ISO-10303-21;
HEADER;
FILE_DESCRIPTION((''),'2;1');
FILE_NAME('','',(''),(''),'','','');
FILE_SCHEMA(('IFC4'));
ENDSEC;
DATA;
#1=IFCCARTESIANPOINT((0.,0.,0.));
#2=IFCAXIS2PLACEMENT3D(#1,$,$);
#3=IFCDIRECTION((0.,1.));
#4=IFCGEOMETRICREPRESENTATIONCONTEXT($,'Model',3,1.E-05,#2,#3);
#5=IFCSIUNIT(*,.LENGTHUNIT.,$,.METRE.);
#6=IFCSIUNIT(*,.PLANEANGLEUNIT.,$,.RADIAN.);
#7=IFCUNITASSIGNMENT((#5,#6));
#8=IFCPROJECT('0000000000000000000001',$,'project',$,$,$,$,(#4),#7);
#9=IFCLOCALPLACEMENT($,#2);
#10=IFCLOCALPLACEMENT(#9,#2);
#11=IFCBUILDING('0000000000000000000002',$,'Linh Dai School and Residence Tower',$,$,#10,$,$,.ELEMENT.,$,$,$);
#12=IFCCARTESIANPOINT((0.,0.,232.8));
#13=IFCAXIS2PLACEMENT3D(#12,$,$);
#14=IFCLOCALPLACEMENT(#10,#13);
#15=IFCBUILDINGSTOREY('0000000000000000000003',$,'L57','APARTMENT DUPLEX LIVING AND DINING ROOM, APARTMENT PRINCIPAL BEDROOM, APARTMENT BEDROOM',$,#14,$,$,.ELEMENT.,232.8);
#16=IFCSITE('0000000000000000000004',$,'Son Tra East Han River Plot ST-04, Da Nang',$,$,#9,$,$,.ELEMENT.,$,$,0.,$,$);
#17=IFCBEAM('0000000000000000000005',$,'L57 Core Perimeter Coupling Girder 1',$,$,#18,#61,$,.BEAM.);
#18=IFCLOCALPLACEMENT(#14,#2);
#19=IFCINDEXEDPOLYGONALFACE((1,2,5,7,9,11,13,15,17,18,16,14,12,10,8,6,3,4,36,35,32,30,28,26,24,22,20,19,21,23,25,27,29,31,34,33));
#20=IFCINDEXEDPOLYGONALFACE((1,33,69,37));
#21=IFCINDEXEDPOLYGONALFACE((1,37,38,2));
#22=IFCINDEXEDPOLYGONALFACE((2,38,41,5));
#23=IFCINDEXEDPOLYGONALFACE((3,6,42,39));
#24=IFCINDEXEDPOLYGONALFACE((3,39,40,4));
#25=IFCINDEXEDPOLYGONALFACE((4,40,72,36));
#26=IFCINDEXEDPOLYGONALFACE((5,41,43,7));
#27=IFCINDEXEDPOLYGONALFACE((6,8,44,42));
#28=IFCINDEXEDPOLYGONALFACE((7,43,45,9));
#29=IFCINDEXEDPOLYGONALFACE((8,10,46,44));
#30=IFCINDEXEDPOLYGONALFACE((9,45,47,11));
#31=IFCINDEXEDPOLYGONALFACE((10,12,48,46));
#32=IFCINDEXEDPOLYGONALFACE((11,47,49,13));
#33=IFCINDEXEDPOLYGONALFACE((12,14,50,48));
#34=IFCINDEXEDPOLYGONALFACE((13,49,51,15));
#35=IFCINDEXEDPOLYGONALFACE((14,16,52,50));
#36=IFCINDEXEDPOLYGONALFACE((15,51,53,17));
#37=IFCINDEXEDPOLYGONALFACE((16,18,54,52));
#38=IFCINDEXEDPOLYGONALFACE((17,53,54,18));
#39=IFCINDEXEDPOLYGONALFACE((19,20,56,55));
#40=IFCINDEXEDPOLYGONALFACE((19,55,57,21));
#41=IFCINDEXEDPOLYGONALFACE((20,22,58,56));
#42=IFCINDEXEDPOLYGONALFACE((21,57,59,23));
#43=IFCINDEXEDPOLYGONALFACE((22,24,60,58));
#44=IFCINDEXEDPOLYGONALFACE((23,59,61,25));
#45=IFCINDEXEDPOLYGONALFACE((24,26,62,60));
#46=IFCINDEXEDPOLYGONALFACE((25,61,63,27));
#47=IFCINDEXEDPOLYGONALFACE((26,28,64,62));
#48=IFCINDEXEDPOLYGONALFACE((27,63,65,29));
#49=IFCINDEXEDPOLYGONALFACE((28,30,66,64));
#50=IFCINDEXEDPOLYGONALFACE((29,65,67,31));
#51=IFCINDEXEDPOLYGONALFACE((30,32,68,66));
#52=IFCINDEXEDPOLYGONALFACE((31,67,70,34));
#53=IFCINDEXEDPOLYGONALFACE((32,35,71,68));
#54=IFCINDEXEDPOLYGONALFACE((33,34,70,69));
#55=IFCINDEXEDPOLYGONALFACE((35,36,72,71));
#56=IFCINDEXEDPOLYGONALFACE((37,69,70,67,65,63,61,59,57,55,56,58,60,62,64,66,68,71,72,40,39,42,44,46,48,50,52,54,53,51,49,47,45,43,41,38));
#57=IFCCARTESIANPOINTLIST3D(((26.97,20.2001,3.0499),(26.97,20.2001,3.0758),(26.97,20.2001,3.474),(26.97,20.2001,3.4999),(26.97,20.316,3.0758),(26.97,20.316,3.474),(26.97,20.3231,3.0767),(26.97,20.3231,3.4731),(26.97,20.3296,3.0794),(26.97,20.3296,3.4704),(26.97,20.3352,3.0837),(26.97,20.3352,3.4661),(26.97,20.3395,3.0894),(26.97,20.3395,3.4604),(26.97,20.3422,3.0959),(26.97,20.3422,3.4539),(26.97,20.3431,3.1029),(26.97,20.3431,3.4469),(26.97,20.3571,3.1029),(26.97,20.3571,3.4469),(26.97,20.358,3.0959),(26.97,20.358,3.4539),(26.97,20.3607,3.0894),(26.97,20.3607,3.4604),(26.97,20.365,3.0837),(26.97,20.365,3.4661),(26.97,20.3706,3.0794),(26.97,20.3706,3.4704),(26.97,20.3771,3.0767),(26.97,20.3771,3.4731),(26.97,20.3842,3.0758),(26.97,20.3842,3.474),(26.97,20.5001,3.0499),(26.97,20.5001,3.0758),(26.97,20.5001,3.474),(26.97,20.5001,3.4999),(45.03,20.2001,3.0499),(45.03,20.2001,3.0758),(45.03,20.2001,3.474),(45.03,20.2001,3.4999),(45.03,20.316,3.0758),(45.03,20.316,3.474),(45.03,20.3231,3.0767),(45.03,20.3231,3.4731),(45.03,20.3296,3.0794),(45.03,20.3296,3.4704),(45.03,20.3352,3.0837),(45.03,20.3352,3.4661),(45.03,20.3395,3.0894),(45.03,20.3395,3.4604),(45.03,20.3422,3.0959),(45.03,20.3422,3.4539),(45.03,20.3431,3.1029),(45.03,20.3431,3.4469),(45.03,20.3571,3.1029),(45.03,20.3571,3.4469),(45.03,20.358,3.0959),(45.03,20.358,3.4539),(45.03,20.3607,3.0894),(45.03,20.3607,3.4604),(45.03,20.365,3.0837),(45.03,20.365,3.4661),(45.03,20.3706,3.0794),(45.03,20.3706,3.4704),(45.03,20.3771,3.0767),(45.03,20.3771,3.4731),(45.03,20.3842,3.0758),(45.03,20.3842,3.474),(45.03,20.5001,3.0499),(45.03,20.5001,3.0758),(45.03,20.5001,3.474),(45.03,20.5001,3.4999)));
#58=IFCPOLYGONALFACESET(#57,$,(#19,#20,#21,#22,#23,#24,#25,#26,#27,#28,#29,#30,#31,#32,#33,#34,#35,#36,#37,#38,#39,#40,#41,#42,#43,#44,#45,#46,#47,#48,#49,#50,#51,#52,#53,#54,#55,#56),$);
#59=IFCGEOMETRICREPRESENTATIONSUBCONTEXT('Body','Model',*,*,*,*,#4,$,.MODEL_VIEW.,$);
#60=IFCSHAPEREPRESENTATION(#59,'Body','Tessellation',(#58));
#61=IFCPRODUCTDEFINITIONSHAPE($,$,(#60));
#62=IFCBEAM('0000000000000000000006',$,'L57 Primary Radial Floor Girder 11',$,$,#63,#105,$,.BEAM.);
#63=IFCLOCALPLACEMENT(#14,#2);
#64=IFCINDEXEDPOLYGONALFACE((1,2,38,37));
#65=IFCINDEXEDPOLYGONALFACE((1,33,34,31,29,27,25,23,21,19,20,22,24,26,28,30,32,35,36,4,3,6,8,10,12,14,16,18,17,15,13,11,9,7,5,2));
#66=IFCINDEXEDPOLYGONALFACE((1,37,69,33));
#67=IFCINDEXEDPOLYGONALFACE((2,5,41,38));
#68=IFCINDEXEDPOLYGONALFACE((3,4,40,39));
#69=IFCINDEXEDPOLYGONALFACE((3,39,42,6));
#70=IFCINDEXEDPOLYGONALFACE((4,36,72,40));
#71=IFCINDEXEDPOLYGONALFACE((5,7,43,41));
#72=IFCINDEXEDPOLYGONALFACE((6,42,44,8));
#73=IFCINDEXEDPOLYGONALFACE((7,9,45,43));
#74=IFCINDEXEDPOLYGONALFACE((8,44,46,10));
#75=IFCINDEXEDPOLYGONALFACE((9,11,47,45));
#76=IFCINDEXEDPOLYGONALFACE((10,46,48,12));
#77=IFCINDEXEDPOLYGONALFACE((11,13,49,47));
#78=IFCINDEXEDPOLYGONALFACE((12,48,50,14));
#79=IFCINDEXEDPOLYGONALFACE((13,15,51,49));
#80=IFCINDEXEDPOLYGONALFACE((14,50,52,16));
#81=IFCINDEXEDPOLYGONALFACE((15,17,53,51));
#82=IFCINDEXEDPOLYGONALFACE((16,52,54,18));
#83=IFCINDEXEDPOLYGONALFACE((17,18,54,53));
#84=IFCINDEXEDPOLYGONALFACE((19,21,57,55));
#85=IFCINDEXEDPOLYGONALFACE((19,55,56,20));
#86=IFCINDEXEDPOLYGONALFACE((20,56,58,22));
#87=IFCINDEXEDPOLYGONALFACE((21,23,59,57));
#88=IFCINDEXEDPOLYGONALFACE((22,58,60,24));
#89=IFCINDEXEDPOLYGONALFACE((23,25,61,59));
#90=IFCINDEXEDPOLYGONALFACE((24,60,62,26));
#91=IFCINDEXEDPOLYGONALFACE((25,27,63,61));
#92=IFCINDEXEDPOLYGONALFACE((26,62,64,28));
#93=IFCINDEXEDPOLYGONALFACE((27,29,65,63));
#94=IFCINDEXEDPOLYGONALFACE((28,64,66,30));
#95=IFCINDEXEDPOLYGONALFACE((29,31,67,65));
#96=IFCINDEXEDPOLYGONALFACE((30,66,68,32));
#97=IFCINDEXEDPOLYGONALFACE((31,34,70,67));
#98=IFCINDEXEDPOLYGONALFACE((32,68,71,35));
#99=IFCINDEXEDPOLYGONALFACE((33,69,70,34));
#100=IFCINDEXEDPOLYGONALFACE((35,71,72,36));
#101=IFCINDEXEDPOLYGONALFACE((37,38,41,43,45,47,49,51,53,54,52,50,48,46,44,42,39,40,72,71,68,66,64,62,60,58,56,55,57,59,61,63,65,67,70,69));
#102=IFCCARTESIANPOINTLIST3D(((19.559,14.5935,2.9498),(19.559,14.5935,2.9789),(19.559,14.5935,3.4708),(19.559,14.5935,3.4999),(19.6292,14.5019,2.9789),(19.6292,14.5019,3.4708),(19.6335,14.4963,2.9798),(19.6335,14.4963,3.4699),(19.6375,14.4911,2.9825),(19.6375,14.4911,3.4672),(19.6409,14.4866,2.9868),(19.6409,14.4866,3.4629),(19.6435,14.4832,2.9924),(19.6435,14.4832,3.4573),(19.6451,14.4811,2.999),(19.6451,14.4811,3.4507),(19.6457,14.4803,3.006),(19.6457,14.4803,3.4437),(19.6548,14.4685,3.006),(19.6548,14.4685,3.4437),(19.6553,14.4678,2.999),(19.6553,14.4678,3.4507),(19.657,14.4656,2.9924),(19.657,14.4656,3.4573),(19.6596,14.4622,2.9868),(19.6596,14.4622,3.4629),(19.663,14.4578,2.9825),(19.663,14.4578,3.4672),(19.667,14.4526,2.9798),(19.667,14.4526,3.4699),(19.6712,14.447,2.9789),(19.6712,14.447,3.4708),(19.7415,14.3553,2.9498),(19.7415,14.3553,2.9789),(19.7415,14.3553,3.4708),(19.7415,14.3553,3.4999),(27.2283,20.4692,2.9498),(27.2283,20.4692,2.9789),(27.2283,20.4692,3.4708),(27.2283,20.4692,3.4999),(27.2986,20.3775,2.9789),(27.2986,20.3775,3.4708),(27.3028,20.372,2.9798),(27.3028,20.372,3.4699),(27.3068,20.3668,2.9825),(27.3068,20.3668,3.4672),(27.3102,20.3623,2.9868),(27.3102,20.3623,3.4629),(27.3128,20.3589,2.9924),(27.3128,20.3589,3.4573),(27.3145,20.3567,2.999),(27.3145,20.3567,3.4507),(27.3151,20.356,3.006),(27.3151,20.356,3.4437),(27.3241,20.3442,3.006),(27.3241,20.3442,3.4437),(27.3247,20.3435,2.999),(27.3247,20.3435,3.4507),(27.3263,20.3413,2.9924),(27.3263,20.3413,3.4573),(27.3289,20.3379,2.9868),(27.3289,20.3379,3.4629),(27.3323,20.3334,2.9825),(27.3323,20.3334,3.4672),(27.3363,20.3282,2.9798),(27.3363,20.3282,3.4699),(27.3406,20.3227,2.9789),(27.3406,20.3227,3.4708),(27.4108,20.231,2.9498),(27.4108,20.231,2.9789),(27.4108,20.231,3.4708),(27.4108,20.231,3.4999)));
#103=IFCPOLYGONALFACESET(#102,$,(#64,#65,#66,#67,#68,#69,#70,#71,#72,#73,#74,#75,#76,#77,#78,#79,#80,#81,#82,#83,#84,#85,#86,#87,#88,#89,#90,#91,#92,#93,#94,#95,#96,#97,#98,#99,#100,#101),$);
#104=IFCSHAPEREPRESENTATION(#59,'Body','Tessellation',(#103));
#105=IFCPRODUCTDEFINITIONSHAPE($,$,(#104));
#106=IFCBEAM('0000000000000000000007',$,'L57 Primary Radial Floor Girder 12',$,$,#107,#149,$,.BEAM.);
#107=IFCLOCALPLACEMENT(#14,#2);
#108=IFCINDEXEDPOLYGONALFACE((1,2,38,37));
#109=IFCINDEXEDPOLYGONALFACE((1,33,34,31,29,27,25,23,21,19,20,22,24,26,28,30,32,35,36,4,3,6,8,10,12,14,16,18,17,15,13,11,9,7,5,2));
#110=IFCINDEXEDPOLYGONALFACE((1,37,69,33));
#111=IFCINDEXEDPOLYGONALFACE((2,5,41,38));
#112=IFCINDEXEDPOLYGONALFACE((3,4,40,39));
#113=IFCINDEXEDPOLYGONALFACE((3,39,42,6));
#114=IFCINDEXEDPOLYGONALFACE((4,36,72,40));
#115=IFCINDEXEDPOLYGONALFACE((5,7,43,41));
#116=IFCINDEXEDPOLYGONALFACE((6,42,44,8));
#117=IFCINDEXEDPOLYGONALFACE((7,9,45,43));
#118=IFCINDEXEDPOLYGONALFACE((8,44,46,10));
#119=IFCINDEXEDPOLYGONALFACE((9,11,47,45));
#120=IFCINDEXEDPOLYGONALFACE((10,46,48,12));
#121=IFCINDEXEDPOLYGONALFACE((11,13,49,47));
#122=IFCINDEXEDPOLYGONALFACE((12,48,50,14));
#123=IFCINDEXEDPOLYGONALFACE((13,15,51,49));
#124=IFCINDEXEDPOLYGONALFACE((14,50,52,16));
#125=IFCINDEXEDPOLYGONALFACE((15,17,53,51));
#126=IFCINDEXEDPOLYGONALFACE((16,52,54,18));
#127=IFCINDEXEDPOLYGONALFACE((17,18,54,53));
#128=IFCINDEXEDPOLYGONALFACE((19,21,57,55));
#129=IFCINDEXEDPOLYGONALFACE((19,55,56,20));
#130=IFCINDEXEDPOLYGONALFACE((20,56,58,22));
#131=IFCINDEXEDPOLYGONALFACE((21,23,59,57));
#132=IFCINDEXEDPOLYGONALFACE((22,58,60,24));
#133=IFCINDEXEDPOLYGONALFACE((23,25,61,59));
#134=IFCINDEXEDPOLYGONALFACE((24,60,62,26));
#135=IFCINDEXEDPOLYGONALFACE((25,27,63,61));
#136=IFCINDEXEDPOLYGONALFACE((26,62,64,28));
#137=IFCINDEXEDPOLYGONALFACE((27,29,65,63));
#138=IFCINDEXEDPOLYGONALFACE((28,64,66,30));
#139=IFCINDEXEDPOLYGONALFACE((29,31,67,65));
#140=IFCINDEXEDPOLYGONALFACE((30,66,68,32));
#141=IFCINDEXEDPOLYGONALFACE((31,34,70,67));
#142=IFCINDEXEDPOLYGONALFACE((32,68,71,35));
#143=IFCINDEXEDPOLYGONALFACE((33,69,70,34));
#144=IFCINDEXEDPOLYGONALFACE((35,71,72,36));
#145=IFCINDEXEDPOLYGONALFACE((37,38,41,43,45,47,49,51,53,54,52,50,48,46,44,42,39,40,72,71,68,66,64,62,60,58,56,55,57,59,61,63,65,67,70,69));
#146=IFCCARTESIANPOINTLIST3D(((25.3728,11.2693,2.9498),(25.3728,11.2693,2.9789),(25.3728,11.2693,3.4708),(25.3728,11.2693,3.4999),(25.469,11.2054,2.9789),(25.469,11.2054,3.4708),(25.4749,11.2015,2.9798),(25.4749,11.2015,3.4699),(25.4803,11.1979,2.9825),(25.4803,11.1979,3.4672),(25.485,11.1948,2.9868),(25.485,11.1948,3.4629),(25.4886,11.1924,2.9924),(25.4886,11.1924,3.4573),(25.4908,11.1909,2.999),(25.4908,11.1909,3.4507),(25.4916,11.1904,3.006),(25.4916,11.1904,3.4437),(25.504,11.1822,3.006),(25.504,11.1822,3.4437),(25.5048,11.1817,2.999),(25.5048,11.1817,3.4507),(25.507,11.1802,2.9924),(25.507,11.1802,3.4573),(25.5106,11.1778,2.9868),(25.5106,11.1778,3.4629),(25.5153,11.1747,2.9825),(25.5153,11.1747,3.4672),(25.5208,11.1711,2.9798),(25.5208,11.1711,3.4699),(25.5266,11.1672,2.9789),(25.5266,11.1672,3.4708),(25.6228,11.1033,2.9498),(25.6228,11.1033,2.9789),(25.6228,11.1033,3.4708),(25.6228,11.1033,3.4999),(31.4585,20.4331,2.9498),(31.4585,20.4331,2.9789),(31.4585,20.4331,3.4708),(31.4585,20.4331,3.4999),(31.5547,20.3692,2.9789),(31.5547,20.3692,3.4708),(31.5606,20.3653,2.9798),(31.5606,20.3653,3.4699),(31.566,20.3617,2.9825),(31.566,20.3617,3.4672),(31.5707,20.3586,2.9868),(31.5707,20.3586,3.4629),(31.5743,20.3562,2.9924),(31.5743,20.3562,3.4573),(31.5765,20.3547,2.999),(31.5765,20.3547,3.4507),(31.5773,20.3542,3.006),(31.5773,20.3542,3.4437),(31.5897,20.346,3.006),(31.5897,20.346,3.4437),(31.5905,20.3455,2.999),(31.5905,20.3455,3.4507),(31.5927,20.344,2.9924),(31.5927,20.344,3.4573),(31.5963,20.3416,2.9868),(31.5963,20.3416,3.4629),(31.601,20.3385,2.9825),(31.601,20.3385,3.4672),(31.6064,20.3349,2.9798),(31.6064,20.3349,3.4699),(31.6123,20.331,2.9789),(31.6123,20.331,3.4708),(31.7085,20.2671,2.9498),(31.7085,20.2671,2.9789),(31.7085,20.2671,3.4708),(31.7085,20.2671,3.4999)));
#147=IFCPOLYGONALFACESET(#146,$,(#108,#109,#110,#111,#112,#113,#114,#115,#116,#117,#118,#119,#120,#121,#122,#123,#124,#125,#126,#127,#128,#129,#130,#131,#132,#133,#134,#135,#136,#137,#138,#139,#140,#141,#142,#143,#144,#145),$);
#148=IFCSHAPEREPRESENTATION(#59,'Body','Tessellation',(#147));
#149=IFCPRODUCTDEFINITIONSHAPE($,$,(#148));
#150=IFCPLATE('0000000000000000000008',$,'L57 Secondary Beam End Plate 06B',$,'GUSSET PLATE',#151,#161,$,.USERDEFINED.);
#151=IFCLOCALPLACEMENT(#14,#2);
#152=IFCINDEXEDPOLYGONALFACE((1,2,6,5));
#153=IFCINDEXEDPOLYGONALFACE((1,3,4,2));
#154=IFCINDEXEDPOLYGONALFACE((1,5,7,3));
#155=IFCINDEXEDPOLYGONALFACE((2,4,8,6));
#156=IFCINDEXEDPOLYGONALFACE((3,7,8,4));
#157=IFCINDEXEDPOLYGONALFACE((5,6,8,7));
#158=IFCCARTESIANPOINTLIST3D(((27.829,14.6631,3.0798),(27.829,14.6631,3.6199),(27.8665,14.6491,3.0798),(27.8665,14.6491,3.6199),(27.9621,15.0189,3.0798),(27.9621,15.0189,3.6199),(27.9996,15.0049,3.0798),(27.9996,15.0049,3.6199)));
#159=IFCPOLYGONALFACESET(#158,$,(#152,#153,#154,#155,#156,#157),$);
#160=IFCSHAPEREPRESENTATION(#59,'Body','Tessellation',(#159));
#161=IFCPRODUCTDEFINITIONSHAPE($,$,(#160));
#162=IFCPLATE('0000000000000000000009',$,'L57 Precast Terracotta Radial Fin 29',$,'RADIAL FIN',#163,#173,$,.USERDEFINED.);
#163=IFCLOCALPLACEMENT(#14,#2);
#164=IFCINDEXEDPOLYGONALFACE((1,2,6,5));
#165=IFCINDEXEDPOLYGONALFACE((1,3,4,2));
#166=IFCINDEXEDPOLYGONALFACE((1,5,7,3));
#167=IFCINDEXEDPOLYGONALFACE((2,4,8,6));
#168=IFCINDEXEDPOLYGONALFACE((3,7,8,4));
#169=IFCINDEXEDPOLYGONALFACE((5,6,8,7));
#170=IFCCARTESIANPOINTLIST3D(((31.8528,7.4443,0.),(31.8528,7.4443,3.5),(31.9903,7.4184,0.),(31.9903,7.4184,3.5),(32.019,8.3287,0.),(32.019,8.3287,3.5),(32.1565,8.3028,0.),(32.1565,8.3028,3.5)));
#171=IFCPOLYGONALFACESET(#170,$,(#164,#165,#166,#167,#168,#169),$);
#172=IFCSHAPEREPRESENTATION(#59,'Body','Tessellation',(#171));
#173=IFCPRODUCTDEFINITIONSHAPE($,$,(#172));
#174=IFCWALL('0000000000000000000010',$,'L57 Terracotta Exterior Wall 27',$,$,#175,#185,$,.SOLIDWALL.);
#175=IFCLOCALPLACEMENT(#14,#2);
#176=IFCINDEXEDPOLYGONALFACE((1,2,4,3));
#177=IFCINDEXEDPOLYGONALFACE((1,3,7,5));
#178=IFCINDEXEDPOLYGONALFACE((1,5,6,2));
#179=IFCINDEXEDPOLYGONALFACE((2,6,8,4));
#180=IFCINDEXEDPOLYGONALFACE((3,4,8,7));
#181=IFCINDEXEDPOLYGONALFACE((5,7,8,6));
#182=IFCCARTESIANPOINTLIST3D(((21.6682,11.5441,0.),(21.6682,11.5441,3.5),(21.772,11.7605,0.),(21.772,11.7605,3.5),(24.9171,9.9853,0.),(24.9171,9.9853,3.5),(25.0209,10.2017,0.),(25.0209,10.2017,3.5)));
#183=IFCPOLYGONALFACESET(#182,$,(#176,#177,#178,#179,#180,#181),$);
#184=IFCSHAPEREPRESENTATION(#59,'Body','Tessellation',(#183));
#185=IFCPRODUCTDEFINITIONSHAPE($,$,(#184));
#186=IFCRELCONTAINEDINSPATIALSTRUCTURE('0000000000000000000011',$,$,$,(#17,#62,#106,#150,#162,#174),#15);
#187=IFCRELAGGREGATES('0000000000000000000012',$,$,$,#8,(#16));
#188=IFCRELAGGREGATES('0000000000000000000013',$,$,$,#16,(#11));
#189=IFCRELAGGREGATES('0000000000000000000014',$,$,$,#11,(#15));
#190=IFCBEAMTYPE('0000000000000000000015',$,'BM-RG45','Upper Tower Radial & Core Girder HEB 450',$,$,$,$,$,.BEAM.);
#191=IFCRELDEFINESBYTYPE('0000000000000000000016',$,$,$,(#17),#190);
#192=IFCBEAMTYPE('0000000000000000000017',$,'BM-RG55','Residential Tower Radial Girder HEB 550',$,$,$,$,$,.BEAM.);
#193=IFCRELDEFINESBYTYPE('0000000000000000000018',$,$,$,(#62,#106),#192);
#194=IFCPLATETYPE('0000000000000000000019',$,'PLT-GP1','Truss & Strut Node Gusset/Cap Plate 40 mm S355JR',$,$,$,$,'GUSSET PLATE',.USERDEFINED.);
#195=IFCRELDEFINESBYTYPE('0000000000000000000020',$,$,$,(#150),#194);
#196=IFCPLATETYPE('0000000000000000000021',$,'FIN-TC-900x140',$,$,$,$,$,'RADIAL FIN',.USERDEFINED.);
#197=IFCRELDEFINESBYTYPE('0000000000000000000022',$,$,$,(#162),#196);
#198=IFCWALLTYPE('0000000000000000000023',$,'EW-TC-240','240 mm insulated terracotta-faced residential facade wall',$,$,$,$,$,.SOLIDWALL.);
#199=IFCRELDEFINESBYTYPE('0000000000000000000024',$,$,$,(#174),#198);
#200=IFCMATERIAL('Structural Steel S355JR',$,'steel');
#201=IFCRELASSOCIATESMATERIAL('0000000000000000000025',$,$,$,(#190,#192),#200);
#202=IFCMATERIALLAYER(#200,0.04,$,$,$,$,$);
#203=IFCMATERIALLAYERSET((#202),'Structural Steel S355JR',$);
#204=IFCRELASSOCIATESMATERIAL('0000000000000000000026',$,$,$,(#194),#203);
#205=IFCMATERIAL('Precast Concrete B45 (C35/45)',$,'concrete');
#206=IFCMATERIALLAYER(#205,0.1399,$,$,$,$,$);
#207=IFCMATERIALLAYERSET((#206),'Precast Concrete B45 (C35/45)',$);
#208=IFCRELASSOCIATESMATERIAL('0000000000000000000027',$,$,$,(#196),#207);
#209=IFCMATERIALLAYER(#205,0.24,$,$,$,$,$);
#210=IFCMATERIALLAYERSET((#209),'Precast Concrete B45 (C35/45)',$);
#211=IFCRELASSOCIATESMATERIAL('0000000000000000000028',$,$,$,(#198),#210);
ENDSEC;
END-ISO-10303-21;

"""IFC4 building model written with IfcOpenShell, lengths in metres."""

from ifc_helpers import new_model, si_unit, direction, frame, frame_2d, origin, origin_2d, place, context, subcontext, project, spatial, rectangle, i_section, extrude, source, transform, mapped, material, layer, layer_set, material_profile, profile_set, type_object, element, save


model = new_model("IFC4")

# Units and contexts
model_context = context("Model", 3, precision=1e-05, world=origin(), true_north=direction((0.0, 1.0)))
body_context = subcontext(model_context, "Body", "Model", "MODEL_VIEW")
ifc_project = project(units=[si_unit("LENGTHUNIT", "METRE"), si_unit("PLANEANGLEUNIT", "RADIAN")], contexts=[model_context])

# Site, building, storey
site_placement = place(None, origin())
site = spatial("IfcSite", under=ifc_project, at=site_placement, Name="Son Tra East Han River Plot ST-04, Da Nang", CompositionType="ELEMENT", RefElevation=0.0)
building_placement = place(site_placement, origin())
building = spatial("IfcBuilding", under=site, at=building_placement, Name="Linh Dai School and Residence Tower", CompositionType="ELEMENT")
storey_placement = place(building_placement, frame((0.0, 0.0, 232.8)))
storey = spatial("IfcBuildingStorey", under=building, at=storey_placement, Name="L57", Description="APARTMENT DUPLEX LIVING AND DINING ROOM, APARTMENT PRINCIPAL BEDROOM, APARTMENT BEDROOM", CompositionType="ELEMENT", Elevation=232.8)

# Shared definitions
ifc_material_1 = material(Name="Structural Steel S355JR", Category="steel")

# Beams
ifc_material_profile_1 = material_profile(ifc_material_1, i_section(OverallWidth=0.3, OverallDepth=0.45, WebThickness=0.0139, FlangeThickness=0.0259, FilletRadius=0.0271, at=origin_2d()), Name="HEB 450")
ifc_profile_set_1 = profile_set([ifc_material_profile_1], Name="Structural Steel S355JR")
beam_type_1 = type_object("IfcBeamType", Name="BM-RG45", Description="Upper Tower Radial & Core Girder HEB 450", PredefinedType="BEAM", material=ifc_profile_set_1)
beam_1_placement = place(storey_placement, frame((26.97, 20.3501, 3.2749), z_axis=(1.0, 0.0, 0.0), x_axis=(0.0, 1.0, 0.0)))
element("IfcBeam", 1, at=beam_1_placement, inside=storey, type_object=beam_type_1, Name="L57 Core Perimeter Coupling Girder 1", PredefinedType="BEAM", context=body_context, shape_type="SweptSolid", body=[
    extrude(i_section(OverallWidth=0.3, OverallDepth=0.45, WebThickness=0.0139, FlangeThickness=0.0259, FilletRadius=0.0271, at=origin_2d()), origin(), (0.0, 0.0, 1.0), 18.0601),
])
ifc_material_profile_2 = material_profile(ifc_material_1, i_section(OverallWidth=0.3, OverallDepth=0.55, WebThickness=0.0149, FlangeThickness=0.0291, FilletRadius=0.0271, at=origin_2d()), Name="HEB 550")
ifc_profile_set_2 = profile_set([ifc_material_profile_2], Name="Structural Steel S355JR")
beam_type_2 = type_object("IfcBeamType", Name="BM-RG55", Description="Residential Tower Radial Girder HEB 550", PredefinedType="BEAM", material=ifc_profile_set_2)
beam_2_placement = place(storey_placement, frame((27.3196, 20.3501, 3.2249), z_axis=(-0.793815, -0.60816, 0.0), x_axis=(0.60816, -0.793815, 0.0)))
element("IfcBeam", 2, at=beam_2_placement, inside=storey, type_object=beam_type_2, Name="L57 Primary Radial Floor Girder 11", PredefinedType="BEAM", context=body_context, shape_type="SweptSolid", body=[
    extrude(i_section(OverallWidth=0.3, OverallDepth=0.55, WebThickness=0.0149, FlangeThickness=0.0291, FilletRadius=0.0271, at=origin_2d()), origin(), (0.0, 0.0, 1.0), 9.6614),
])
beam_3_placement = place(storey_placement, frame((31.5835, 20.3501, 3.2249), z_axis=(-0.553219, -0.833036, 0.0), x_axis=(0.833036, -0.553219, 0.0)))
element("IfcBeam", 3, at=beam_3_placement, inside=storey, type_object=beam_type_2, Name="L57 Primary Radial Floor Girder 12", PredefinedType="BEAM", context=body_context, shape_type="SweptSolid", body=[
    extrude(i_section(OverallWidth=0.3, OverallDepth=0.55, WebThickness=0.0149, FlangeThickness=0.0291, FilletRadius=0.0271, at=origin_2d()), origin(), (0.0, 0.0, 1.0), 11.0005),
])

# Plates
ifc_layer_1 = layer(ifc_material_1, 0.04)
ifc_layer_set_1 = layer_set([ifc_layer_1], Name="Structural Steel S355JR")
plate_type_1 = type_object("IfcPlateType", Name="PLT-GP1", Description="Truss & Strut Node Gusset/Cap Plate 40 mm S355JR", ElementType="GUSSET PLATE", PredefinedType="USERDEFINED", material=ifc_layer_set_1)
shared_shape_1 = source(origin(), body_context, "Body", "SweptSolid", [
    extrude(rectangle(XDim=0.04, YDim=0.3799, at=origin_2d()), origin(), (0.0, 0.0, 1.0), 0.54),
])
plate_1_placement = place(storey_placement, frame((27.9143, 14.834, 3.0798), z_axis=(0.0, 0.0, 1.0), x_axis=(0.936534, -0.350577, 0.0)))
element("IfcPlate", 4, at=plate_1_placement, inside=storey, type_object=plate_type_1, Name="L57 Secondary Beam End Plate 06B", ObjectType="GUSSET PLATE", PredefinedType="USERDEFINED", context=body_context, shape_type="MappedRepresentation", body=[
    mapped(shared_shape_1, transform((0.0, 0.0, 0.0), x_axis=(1.0, 0.0, 0.0), y_axis=(0.0, 1.0, 0.0), z_axis=(0.0, 0.0, 1.0), scale=1.0)),
])
ifc_material_2 = material(Name="Precast Concrete B45 (C35/45)", Category="concrete")
ifc_layer_2 = layer(ifc_material_2, 0.1399)
ifc_layer_set_2 = layer_set([ifc_layer_2], Name="Precast Concrete B45 (C35/45)")
plate_type_2 = type_object("IfcPlateType", Name="FIN-TC-900x140", ElementType="RADIAL FIN", PredefinedType="USERDEFINED", material=ifc_layer_set_2)
shared_shape_2 = source(origin(), body_context, "Body", "SweptSolid", [
    extrude(rectangle(XDim=0.8999, YDim=0.1399, at=origin_2d()), origin(), (0.0, 0.0, 1.0), 3.5),
])
plate_2_placement = place(storey_placement, frame((32.0046, 7.8735, 0.0), z_axis=(0.0, 0.0, 1.0), x_axis=(-0.184744, -0.982787, 0.0)))
element("IfcPlate", 5, at=plate_2_placement, inside=storey, type_object=plate_type_2, Name="L57 Precast Terracotta Radial Fin 29", ObjectType="RADIAL FIN", PredefinedType="USERDEFINED", context=body_context, shape_type="MappedRepresentation", body=[
    mapped(shared_shape_2, transform((0.0, 0.0, 0.0), x_axis=(1.0, 0.0, 0.0), y_axis=(0.0, 1.0, 0.0), z_axis=(0.0, 0.0, 1.0), scale=1.0)),
])

# Wall
ifc_layer_3 = layer(ifc_material_2, 0.24)
ifc_layer_set_3 = layer_set([ifc_layer_3], Name="Precast Concrete B45 (C35/45)")
wall_type_1 = type_object("IfcWallType", Name="EW-TC-240", Description="240 mm insulated terracotta-faced residential facade wall", PredefinedType="SOLIDWALL", material=ifc_layer_set_3)
wall_1_placement = place(storey_placement, frame((24.969, 10.0935, 0.0), z_axis=(0.0, 0.0, 1.0), x_axis=(-0.901598, 0.432575, 0.0)))
element("IfcWall", 6, at=wall_1_placement, inside=storey, type_object=wall_type_1, Name="L57 Terracotta Exterior Wall 27", PredefinedType="SOLIDWALL", context=body_context, shape_type="SweptSolid", body=[
    extrude(rectangle(XDim=3.6035, YDim=0.24, at=frame_2d((1.8018, 0.0))), origin(), (0.0, 0.0, 1.0), 3.5),
])

save(model, "model.ifc")
